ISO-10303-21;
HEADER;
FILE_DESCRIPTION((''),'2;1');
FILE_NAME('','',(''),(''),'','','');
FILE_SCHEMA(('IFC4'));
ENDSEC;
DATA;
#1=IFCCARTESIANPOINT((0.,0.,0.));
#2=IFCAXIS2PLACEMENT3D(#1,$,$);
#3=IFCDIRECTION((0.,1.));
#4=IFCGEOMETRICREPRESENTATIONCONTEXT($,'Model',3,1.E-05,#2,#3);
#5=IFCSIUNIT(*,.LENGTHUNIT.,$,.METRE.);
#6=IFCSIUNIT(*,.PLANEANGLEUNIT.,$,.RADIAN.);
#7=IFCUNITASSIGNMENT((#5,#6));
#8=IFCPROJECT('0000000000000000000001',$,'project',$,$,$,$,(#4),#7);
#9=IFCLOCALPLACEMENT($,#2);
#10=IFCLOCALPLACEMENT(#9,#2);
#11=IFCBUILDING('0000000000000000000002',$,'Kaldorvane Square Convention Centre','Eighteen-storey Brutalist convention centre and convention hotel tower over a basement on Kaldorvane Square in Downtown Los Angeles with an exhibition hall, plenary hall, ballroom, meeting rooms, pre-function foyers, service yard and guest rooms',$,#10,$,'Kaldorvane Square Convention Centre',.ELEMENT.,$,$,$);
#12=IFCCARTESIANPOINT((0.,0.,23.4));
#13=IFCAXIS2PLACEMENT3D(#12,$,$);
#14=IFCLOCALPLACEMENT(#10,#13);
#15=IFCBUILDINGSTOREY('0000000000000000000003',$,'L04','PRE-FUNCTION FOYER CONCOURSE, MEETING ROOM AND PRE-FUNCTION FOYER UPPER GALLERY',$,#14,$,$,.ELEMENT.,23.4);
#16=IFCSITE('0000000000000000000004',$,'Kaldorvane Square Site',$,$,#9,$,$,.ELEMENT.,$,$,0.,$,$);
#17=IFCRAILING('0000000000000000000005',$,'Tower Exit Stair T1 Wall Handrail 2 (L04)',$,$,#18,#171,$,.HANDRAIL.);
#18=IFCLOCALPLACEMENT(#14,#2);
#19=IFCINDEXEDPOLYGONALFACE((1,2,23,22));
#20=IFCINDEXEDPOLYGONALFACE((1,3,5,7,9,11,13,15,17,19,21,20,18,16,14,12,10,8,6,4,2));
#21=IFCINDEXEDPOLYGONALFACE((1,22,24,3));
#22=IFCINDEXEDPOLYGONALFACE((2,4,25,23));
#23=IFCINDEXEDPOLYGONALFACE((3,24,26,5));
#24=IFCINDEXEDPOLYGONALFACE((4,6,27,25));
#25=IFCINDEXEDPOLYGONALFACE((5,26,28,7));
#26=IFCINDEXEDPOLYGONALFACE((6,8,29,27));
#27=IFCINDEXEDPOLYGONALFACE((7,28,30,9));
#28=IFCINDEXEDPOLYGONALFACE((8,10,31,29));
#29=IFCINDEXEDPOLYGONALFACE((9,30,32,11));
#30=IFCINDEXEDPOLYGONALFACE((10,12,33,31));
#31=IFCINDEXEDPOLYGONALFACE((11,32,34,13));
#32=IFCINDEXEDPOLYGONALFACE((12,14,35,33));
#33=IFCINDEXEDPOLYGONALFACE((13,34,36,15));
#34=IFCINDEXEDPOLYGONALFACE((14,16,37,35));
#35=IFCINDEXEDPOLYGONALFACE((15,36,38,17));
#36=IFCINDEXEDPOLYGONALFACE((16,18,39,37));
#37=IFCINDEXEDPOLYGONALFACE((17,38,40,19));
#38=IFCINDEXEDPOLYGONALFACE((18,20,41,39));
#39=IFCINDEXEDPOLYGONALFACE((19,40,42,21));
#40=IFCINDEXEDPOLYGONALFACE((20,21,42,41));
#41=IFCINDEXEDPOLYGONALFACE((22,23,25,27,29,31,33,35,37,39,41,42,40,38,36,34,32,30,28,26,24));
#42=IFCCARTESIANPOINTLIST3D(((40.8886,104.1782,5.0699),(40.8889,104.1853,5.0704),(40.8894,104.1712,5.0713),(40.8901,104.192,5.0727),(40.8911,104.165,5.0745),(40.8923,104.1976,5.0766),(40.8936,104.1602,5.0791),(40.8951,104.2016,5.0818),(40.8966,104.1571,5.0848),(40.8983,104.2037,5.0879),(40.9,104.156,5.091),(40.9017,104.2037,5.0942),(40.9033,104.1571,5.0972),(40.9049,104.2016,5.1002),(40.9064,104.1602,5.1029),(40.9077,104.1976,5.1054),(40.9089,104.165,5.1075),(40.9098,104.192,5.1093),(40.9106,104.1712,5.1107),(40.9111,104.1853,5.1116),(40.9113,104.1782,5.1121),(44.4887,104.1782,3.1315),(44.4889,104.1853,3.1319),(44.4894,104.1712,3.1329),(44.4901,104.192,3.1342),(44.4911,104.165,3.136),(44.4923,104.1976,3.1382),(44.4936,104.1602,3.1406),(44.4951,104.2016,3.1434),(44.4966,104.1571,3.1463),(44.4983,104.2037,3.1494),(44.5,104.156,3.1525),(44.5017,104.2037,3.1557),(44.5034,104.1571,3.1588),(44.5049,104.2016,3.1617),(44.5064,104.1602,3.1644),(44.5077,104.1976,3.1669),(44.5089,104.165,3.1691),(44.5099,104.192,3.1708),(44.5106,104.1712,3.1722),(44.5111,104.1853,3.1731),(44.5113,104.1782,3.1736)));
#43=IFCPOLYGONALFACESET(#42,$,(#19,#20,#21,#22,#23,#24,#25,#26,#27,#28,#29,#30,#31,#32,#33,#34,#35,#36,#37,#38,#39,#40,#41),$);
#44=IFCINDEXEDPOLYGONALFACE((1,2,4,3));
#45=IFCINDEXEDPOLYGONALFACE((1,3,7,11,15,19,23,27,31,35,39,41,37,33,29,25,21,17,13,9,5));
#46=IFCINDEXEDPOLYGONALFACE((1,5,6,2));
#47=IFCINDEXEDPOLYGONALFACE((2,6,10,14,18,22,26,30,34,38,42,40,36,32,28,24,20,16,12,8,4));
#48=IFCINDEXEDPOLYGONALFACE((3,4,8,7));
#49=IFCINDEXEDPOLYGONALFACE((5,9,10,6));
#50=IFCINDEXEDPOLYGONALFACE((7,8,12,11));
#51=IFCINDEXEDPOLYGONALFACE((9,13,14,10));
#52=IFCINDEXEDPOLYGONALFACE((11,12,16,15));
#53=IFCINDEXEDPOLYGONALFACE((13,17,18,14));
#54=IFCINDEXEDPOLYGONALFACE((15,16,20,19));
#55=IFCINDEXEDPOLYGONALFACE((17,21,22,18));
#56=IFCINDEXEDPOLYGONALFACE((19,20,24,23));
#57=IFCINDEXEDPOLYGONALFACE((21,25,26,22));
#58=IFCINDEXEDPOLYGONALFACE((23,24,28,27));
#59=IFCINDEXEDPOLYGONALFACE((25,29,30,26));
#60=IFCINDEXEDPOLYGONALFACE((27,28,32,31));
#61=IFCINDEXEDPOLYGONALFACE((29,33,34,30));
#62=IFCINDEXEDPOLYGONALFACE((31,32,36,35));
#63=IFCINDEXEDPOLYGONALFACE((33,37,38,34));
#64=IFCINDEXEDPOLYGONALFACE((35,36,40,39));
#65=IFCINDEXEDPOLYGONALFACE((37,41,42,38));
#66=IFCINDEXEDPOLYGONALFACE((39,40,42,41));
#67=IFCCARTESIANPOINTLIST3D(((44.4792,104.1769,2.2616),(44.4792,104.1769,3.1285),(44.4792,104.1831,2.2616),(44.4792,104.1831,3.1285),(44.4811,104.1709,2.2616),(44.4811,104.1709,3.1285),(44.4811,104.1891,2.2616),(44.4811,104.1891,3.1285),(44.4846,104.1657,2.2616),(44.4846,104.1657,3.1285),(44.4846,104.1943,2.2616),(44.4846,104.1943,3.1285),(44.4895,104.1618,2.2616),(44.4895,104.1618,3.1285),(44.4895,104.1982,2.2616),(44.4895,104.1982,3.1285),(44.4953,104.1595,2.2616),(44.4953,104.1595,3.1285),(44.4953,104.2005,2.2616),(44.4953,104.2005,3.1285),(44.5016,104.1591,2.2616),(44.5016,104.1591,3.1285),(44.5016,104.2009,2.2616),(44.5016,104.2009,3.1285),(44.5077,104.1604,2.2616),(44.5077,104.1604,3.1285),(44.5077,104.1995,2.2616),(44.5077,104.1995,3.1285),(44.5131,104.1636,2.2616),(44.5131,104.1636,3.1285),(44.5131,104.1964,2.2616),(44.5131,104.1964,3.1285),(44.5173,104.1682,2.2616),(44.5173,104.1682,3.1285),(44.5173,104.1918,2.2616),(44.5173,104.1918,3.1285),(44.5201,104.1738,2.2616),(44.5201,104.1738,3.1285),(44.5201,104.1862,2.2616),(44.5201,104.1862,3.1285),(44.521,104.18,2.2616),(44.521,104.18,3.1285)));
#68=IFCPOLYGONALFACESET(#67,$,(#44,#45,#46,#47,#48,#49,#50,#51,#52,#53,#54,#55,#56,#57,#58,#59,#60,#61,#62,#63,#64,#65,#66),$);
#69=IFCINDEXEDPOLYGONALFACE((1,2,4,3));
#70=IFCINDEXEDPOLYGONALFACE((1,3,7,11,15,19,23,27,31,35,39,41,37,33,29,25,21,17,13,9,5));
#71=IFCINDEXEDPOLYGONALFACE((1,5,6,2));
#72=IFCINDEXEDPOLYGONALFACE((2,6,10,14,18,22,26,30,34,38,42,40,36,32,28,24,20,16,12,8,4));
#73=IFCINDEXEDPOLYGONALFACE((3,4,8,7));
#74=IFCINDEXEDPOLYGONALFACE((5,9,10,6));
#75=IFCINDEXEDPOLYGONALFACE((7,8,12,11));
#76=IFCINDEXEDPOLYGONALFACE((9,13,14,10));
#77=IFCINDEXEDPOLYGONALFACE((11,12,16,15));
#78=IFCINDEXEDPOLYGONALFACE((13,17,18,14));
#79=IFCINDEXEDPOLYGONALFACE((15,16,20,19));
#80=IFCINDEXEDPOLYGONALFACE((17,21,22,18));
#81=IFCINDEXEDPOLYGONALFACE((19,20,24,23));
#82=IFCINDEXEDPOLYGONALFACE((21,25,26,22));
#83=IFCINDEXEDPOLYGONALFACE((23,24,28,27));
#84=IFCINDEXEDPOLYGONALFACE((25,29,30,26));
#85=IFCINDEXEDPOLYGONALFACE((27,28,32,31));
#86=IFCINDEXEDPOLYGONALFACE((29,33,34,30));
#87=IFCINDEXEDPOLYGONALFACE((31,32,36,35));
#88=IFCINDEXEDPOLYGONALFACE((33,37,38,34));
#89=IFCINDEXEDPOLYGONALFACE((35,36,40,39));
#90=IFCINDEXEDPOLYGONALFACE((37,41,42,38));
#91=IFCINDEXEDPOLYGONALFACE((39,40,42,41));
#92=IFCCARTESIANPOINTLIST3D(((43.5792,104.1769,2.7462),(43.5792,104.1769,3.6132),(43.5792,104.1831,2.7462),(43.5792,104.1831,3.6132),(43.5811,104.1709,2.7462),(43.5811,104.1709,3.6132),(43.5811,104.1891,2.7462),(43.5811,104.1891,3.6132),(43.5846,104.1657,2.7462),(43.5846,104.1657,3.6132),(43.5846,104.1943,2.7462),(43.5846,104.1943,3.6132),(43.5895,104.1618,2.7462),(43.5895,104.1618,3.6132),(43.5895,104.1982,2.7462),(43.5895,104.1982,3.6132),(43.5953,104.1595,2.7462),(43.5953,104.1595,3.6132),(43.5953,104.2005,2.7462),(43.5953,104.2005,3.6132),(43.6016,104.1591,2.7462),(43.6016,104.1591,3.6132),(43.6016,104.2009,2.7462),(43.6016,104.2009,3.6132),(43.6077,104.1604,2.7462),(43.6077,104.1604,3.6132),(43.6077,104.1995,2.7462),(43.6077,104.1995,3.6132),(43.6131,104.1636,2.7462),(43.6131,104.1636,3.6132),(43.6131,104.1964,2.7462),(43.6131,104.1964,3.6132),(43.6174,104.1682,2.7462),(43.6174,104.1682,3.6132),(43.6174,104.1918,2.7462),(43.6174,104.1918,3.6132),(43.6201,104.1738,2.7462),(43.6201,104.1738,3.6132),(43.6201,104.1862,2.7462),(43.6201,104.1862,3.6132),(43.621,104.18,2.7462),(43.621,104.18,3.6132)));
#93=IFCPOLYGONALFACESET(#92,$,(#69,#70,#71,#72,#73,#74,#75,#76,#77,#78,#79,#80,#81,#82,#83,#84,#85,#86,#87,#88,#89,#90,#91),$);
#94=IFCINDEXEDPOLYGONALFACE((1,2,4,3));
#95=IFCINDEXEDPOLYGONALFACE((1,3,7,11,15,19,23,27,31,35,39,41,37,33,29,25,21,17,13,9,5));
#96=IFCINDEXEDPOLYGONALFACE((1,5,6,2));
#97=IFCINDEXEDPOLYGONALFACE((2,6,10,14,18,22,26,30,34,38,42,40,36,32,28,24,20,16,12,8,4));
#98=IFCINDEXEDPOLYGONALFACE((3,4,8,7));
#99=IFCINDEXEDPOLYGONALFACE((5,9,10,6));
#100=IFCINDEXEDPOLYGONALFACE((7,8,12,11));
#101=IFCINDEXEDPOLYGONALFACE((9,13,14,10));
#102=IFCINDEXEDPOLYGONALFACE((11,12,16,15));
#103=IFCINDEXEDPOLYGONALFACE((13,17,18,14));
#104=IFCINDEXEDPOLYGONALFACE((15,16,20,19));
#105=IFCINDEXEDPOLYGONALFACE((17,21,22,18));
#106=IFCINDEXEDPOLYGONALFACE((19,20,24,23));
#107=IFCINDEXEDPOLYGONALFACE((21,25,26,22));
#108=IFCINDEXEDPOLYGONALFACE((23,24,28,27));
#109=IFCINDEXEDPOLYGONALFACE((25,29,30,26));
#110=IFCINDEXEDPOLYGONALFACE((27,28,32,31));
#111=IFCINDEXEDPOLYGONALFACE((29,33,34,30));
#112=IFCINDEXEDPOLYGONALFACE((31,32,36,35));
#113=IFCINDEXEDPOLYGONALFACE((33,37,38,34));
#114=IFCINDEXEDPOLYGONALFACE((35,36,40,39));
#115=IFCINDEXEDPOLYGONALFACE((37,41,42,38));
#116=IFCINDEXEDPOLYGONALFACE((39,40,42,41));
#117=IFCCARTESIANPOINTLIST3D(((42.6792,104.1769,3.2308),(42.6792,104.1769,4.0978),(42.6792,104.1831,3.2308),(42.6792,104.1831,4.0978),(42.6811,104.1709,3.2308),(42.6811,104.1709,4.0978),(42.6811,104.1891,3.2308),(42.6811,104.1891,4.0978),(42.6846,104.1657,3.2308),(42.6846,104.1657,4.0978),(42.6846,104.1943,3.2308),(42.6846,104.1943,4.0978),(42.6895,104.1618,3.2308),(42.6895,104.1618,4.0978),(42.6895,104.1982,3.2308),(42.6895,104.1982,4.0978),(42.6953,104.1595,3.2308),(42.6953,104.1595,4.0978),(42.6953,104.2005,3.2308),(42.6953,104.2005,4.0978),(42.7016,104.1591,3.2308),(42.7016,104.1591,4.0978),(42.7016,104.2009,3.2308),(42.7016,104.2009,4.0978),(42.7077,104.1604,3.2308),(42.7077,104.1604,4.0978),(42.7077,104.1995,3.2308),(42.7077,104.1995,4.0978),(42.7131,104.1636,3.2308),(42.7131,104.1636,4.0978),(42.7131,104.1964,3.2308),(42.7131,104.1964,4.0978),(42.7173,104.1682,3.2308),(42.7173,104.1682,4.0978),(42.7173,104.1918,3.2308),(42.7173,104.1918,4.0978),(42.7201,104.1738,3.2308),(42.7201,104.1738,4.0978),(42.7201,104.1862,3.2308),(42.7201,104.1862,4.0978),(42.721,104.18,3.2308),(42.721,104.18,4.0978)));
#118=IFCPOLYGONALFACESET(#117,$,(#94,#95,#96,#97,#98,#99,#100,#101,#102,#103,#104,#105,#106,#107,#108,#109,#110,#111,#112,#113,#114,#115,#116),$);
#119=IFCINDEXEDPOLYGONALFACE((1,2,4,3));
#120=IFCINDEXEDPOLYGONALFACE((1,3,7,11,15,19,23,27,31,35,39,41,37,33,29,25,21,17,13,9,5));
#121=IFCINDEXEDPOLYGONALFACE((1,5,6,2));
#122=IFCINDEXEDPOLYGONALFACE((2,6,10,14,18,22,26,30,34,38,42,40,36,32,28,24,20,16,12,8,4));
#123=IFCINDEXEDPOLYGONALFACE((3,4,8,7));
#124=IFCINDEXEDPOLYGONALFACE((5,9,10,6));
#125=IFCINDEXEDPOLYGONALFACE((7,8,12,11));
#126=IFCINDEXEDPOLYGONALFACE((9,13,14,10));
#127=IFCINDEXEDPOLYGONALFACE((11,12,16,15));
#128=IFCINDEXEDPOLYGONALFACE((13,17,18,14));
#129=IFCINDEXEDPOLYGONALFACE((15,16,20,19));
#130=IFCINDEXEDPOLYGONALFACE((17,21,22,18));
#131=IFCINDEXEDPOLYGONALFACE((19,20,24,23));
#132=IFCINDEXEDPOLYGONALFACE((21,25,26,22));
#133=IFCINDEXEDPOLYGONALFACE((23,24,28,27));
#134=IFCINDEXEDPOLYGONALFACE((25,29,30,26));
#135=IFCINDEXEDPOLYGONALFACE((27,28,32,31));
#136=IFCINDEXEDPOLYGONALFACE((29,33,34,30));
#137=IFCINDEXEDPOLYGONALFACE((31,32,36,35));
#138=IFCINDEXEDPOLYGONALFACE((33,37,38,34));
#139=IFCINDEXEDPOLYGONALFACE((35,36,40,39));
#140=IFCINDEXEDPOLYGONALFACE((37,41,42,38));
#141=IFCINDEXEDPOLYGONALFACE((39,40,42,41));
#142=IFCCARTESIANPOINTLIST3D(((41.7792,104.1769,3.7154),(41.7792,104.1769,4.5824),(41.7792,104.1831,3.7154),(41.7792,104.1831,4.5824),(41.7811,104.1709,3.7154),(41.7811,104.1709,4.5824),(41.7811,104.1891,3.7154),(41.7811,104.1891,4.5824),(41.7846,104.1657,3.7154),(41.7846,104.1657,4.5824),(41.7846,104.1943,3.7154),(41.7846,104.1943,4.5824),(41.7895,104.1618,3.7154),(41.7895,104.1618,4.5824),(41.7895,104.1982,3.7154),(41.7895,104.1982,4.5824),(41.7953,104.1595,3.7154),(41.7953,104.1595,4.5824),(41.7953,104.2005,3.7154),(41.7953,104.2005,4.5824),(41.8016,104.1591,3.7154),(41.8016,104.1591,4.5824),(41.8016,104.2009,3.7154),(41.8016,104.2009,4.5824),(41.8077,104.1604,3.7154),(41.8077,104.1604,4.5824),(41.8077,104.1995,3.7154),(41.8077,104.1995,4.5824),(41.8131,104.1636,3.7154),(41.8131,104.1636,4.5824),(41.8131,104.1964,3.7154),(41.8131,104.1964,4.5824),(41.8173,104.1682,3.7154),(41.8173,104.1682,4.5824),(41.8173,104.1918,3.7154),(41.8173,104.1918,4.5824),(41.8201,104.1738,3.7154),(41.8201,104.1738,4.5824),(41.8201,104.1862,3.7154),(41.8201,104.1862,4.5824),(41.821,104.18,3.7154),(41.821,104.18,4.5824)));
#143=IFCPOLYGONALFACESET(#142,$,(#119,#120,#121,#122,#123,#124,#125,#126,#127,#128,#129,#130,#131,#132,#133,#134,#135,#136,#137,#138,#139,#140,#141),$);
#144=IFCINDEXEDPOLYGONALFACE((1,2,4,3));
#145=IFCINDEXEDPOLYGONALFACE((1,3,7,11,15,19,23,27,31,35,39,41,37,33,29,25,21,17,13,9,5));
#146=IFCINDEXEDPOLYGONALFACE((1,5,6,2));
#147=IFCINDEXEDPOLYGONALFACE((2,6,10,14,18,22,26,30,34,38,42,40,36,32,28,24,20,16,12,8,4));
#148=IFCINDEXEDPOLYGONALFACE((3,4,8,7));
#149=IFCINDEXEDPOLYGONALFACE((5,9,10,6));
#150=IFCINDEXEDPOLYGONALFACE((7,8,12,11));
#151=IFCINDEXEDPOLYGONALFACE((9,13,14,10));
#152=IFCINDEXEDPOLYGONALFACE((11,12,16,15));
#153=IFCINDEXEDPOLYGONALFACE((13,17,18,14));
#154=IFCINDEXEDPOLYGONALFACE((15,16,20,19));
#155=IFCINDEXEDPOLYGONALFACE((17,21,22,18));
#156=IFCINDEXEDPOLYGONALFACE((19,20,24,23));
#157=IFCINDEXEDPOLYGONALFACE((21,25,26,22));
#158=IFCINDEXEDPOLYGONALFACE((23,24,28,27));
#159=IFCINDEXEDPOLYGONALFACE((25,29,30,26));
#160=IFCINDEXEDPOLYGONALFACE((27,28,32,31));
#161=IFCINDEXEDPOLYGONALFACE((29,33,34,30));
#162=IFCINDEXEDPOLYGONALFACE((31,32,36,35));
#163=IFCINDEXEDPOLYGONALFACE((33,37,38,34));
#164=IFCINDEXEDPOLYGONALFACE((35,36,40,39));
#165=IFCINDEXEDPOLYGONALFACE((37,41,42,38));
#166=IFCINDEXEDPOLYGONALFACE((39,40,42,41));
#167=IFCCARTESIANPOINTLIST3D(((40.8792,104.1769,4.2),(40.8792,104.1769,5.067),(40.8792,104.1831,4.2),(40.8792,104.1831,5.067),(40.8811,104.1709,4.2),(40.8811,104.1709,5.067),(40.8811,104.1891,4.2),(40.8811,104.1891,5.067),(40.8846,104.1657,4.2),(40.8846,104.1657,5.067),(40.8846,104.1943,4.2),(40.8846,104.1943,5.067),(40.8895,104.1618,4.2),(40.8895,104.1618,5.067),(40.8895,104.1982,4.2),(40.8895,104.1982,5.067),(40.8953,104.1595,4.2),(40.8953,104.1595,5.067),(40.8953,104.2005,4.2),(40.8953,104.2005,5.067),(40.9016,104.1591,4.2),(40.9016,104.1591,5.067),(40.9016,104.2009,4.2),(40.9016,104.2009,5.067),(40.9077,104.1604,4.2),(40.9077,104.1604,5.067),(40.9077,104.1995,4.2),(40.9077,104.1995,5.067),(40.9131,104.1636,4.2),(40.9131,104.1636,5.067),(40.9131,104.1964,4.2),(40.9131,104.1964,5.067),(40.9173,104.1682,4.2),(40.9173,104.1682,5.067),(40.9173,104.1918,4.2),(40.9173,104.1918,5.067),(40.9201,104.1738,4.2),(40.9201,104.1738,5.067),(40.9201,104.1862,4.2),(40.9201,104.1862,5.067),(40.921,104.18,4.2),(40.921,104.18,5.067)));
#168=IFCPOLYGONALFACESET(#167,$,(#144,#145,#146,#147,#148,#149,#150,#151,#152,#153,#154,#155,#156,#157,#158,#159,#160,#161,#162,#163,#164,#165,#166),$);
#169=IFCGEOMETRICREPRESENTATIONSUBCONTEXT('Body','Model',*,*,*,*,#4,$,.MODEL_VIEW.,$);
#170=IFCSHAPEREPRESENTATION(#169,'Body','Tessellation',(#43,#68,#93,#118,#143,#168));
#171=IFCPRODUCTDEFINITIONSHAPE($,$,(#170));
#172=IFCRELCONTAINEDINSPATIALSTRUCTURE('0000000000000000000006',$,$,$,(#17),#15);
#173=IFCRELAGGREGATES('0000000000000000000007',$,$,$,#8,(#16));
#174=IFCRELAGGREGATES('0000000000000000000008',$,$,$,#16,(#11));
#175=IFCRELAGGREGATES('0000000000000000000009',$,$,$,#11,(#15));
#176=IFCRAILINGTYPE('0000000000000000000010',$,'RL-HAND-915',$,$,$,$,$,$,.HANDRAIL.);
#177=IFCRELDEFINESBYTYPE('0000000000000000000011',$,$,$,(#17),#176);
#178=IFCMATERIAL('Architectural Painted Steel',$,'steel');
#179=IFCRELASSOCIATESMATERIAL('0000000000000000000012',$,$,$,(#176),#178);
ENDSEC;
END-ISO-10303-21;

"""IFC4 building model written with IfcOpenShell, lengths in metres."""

from ifc_helpers import new_model, si_unit, direction, frame, origin, origin_2d, place, context, subcontext, project, spatial, circle, extrude, material, type_object, element, save


model = new_model("IFC4")

# Units and contexts
model_context = context("Model", 3, precision=1e-05, world=origin(), true_north=direction((0.0, 1.0)))
body_context = subcontext(model_context, "Body", "Model", "MODEL_VIEW")
ifc_project = project(units=[si_unit("LENGTHUNIT", "METRE"), si_unit("PLANEANGLEUNIT", "RADIAN")], contexts=[model_context])

# Site, building, storey
site_placement = place(None, origin())
site = spatial("IfcSite", under=ifc_project, at=site_placement, Name="Kaldorvane Square Site", CompositionType="ELEMENT", RefElevation=0.0)
building_placement = place(site_placement, origin())
building = spatial("IfcBuilding", under=site, at=building_placement, Name="Kaldorvane Square Convention Centre", Description="Eighteen-storey Brutalist convention centre and convention hotel tower over a basement on Kaldorvane Square in Downtown Los Angeles with an exhibition hall, plenary hall, ballroom, meeting rooms, pre-function foyers, service yard and guest rooms", LongName="Kaldorvane Square Convention Centre", CompositionType="ELEMENT")
storey_placement = place(building_placement, frame((0.0, 0.0, 23.4)))
storey = spatial("IfcBuildingStorey", under=building, at=storey_placement, Name="L04", Description="PRE-FUNCTION FOYER CONCOURSE, MEETING ROOM AND PRE-FUNCTION FOYER UPPER GALLERY", CompositionType="ELEMENT", Elevation=23.4)

# Railing
ifc_material_1 = material(Name="Architectural Painted Steel", Category="steel")
railing_type_1 = type_object("IfcRailingType", Name="RL-HAND-915", PredefinedType="HANDRAIL", material=ifc_material_1)
railing_1_placement = place(storey_placement, frame((44.5, 104.18, 2.2616)))
element("IfcRailing", 1, at=railing_1_placement, inside=storey, type_object=railing_type_1, Name="Tower Exit Stair T1 Wall Handrail 2 (L04)", PredefinedType="HANDRAIL", context=body_context, shape_type="SweptSolid", body=[
    extrude(circle(Radius=0.024, at=origin_2d()), frame((0.0, 0.0, 0.891), z_axis=(-0.880471, 0.0, 0.474099), x_axis=(0.0, -1.0, 0.0)), (0.0, 0.0, 1.0), 4.0887),
    extrude(circle(Radius=0.021, at=origin_2d()), origin(), (0.0, 0.0, 1.0), 0.867),
    extrude(circle(Radius=0.021, at=origin_2d()), frame((-0.9, 0.0, 0.4846)), (0.0, 0.0, 1.0), 0.867),
    extrude(circle(Radius=0.021, at=origin_2d()), frame((-1.8, 0.0, 0.9692)), (0.0, 0.0, 1.0), 0.867),
    extrude(circle(Radius=0.021, at=origin_2d()), frame((-2.7, 0.0, 1.4538)), (0.0, 0.0, 1.0), 0.867),
    extrude(circle(Radius=0.021, at=origin_2d()), frame((-3.6, 0.0, 1.9385)), (0.0, 0.0, 1.0), 0.867),
])

save(model, "model.ifc")
